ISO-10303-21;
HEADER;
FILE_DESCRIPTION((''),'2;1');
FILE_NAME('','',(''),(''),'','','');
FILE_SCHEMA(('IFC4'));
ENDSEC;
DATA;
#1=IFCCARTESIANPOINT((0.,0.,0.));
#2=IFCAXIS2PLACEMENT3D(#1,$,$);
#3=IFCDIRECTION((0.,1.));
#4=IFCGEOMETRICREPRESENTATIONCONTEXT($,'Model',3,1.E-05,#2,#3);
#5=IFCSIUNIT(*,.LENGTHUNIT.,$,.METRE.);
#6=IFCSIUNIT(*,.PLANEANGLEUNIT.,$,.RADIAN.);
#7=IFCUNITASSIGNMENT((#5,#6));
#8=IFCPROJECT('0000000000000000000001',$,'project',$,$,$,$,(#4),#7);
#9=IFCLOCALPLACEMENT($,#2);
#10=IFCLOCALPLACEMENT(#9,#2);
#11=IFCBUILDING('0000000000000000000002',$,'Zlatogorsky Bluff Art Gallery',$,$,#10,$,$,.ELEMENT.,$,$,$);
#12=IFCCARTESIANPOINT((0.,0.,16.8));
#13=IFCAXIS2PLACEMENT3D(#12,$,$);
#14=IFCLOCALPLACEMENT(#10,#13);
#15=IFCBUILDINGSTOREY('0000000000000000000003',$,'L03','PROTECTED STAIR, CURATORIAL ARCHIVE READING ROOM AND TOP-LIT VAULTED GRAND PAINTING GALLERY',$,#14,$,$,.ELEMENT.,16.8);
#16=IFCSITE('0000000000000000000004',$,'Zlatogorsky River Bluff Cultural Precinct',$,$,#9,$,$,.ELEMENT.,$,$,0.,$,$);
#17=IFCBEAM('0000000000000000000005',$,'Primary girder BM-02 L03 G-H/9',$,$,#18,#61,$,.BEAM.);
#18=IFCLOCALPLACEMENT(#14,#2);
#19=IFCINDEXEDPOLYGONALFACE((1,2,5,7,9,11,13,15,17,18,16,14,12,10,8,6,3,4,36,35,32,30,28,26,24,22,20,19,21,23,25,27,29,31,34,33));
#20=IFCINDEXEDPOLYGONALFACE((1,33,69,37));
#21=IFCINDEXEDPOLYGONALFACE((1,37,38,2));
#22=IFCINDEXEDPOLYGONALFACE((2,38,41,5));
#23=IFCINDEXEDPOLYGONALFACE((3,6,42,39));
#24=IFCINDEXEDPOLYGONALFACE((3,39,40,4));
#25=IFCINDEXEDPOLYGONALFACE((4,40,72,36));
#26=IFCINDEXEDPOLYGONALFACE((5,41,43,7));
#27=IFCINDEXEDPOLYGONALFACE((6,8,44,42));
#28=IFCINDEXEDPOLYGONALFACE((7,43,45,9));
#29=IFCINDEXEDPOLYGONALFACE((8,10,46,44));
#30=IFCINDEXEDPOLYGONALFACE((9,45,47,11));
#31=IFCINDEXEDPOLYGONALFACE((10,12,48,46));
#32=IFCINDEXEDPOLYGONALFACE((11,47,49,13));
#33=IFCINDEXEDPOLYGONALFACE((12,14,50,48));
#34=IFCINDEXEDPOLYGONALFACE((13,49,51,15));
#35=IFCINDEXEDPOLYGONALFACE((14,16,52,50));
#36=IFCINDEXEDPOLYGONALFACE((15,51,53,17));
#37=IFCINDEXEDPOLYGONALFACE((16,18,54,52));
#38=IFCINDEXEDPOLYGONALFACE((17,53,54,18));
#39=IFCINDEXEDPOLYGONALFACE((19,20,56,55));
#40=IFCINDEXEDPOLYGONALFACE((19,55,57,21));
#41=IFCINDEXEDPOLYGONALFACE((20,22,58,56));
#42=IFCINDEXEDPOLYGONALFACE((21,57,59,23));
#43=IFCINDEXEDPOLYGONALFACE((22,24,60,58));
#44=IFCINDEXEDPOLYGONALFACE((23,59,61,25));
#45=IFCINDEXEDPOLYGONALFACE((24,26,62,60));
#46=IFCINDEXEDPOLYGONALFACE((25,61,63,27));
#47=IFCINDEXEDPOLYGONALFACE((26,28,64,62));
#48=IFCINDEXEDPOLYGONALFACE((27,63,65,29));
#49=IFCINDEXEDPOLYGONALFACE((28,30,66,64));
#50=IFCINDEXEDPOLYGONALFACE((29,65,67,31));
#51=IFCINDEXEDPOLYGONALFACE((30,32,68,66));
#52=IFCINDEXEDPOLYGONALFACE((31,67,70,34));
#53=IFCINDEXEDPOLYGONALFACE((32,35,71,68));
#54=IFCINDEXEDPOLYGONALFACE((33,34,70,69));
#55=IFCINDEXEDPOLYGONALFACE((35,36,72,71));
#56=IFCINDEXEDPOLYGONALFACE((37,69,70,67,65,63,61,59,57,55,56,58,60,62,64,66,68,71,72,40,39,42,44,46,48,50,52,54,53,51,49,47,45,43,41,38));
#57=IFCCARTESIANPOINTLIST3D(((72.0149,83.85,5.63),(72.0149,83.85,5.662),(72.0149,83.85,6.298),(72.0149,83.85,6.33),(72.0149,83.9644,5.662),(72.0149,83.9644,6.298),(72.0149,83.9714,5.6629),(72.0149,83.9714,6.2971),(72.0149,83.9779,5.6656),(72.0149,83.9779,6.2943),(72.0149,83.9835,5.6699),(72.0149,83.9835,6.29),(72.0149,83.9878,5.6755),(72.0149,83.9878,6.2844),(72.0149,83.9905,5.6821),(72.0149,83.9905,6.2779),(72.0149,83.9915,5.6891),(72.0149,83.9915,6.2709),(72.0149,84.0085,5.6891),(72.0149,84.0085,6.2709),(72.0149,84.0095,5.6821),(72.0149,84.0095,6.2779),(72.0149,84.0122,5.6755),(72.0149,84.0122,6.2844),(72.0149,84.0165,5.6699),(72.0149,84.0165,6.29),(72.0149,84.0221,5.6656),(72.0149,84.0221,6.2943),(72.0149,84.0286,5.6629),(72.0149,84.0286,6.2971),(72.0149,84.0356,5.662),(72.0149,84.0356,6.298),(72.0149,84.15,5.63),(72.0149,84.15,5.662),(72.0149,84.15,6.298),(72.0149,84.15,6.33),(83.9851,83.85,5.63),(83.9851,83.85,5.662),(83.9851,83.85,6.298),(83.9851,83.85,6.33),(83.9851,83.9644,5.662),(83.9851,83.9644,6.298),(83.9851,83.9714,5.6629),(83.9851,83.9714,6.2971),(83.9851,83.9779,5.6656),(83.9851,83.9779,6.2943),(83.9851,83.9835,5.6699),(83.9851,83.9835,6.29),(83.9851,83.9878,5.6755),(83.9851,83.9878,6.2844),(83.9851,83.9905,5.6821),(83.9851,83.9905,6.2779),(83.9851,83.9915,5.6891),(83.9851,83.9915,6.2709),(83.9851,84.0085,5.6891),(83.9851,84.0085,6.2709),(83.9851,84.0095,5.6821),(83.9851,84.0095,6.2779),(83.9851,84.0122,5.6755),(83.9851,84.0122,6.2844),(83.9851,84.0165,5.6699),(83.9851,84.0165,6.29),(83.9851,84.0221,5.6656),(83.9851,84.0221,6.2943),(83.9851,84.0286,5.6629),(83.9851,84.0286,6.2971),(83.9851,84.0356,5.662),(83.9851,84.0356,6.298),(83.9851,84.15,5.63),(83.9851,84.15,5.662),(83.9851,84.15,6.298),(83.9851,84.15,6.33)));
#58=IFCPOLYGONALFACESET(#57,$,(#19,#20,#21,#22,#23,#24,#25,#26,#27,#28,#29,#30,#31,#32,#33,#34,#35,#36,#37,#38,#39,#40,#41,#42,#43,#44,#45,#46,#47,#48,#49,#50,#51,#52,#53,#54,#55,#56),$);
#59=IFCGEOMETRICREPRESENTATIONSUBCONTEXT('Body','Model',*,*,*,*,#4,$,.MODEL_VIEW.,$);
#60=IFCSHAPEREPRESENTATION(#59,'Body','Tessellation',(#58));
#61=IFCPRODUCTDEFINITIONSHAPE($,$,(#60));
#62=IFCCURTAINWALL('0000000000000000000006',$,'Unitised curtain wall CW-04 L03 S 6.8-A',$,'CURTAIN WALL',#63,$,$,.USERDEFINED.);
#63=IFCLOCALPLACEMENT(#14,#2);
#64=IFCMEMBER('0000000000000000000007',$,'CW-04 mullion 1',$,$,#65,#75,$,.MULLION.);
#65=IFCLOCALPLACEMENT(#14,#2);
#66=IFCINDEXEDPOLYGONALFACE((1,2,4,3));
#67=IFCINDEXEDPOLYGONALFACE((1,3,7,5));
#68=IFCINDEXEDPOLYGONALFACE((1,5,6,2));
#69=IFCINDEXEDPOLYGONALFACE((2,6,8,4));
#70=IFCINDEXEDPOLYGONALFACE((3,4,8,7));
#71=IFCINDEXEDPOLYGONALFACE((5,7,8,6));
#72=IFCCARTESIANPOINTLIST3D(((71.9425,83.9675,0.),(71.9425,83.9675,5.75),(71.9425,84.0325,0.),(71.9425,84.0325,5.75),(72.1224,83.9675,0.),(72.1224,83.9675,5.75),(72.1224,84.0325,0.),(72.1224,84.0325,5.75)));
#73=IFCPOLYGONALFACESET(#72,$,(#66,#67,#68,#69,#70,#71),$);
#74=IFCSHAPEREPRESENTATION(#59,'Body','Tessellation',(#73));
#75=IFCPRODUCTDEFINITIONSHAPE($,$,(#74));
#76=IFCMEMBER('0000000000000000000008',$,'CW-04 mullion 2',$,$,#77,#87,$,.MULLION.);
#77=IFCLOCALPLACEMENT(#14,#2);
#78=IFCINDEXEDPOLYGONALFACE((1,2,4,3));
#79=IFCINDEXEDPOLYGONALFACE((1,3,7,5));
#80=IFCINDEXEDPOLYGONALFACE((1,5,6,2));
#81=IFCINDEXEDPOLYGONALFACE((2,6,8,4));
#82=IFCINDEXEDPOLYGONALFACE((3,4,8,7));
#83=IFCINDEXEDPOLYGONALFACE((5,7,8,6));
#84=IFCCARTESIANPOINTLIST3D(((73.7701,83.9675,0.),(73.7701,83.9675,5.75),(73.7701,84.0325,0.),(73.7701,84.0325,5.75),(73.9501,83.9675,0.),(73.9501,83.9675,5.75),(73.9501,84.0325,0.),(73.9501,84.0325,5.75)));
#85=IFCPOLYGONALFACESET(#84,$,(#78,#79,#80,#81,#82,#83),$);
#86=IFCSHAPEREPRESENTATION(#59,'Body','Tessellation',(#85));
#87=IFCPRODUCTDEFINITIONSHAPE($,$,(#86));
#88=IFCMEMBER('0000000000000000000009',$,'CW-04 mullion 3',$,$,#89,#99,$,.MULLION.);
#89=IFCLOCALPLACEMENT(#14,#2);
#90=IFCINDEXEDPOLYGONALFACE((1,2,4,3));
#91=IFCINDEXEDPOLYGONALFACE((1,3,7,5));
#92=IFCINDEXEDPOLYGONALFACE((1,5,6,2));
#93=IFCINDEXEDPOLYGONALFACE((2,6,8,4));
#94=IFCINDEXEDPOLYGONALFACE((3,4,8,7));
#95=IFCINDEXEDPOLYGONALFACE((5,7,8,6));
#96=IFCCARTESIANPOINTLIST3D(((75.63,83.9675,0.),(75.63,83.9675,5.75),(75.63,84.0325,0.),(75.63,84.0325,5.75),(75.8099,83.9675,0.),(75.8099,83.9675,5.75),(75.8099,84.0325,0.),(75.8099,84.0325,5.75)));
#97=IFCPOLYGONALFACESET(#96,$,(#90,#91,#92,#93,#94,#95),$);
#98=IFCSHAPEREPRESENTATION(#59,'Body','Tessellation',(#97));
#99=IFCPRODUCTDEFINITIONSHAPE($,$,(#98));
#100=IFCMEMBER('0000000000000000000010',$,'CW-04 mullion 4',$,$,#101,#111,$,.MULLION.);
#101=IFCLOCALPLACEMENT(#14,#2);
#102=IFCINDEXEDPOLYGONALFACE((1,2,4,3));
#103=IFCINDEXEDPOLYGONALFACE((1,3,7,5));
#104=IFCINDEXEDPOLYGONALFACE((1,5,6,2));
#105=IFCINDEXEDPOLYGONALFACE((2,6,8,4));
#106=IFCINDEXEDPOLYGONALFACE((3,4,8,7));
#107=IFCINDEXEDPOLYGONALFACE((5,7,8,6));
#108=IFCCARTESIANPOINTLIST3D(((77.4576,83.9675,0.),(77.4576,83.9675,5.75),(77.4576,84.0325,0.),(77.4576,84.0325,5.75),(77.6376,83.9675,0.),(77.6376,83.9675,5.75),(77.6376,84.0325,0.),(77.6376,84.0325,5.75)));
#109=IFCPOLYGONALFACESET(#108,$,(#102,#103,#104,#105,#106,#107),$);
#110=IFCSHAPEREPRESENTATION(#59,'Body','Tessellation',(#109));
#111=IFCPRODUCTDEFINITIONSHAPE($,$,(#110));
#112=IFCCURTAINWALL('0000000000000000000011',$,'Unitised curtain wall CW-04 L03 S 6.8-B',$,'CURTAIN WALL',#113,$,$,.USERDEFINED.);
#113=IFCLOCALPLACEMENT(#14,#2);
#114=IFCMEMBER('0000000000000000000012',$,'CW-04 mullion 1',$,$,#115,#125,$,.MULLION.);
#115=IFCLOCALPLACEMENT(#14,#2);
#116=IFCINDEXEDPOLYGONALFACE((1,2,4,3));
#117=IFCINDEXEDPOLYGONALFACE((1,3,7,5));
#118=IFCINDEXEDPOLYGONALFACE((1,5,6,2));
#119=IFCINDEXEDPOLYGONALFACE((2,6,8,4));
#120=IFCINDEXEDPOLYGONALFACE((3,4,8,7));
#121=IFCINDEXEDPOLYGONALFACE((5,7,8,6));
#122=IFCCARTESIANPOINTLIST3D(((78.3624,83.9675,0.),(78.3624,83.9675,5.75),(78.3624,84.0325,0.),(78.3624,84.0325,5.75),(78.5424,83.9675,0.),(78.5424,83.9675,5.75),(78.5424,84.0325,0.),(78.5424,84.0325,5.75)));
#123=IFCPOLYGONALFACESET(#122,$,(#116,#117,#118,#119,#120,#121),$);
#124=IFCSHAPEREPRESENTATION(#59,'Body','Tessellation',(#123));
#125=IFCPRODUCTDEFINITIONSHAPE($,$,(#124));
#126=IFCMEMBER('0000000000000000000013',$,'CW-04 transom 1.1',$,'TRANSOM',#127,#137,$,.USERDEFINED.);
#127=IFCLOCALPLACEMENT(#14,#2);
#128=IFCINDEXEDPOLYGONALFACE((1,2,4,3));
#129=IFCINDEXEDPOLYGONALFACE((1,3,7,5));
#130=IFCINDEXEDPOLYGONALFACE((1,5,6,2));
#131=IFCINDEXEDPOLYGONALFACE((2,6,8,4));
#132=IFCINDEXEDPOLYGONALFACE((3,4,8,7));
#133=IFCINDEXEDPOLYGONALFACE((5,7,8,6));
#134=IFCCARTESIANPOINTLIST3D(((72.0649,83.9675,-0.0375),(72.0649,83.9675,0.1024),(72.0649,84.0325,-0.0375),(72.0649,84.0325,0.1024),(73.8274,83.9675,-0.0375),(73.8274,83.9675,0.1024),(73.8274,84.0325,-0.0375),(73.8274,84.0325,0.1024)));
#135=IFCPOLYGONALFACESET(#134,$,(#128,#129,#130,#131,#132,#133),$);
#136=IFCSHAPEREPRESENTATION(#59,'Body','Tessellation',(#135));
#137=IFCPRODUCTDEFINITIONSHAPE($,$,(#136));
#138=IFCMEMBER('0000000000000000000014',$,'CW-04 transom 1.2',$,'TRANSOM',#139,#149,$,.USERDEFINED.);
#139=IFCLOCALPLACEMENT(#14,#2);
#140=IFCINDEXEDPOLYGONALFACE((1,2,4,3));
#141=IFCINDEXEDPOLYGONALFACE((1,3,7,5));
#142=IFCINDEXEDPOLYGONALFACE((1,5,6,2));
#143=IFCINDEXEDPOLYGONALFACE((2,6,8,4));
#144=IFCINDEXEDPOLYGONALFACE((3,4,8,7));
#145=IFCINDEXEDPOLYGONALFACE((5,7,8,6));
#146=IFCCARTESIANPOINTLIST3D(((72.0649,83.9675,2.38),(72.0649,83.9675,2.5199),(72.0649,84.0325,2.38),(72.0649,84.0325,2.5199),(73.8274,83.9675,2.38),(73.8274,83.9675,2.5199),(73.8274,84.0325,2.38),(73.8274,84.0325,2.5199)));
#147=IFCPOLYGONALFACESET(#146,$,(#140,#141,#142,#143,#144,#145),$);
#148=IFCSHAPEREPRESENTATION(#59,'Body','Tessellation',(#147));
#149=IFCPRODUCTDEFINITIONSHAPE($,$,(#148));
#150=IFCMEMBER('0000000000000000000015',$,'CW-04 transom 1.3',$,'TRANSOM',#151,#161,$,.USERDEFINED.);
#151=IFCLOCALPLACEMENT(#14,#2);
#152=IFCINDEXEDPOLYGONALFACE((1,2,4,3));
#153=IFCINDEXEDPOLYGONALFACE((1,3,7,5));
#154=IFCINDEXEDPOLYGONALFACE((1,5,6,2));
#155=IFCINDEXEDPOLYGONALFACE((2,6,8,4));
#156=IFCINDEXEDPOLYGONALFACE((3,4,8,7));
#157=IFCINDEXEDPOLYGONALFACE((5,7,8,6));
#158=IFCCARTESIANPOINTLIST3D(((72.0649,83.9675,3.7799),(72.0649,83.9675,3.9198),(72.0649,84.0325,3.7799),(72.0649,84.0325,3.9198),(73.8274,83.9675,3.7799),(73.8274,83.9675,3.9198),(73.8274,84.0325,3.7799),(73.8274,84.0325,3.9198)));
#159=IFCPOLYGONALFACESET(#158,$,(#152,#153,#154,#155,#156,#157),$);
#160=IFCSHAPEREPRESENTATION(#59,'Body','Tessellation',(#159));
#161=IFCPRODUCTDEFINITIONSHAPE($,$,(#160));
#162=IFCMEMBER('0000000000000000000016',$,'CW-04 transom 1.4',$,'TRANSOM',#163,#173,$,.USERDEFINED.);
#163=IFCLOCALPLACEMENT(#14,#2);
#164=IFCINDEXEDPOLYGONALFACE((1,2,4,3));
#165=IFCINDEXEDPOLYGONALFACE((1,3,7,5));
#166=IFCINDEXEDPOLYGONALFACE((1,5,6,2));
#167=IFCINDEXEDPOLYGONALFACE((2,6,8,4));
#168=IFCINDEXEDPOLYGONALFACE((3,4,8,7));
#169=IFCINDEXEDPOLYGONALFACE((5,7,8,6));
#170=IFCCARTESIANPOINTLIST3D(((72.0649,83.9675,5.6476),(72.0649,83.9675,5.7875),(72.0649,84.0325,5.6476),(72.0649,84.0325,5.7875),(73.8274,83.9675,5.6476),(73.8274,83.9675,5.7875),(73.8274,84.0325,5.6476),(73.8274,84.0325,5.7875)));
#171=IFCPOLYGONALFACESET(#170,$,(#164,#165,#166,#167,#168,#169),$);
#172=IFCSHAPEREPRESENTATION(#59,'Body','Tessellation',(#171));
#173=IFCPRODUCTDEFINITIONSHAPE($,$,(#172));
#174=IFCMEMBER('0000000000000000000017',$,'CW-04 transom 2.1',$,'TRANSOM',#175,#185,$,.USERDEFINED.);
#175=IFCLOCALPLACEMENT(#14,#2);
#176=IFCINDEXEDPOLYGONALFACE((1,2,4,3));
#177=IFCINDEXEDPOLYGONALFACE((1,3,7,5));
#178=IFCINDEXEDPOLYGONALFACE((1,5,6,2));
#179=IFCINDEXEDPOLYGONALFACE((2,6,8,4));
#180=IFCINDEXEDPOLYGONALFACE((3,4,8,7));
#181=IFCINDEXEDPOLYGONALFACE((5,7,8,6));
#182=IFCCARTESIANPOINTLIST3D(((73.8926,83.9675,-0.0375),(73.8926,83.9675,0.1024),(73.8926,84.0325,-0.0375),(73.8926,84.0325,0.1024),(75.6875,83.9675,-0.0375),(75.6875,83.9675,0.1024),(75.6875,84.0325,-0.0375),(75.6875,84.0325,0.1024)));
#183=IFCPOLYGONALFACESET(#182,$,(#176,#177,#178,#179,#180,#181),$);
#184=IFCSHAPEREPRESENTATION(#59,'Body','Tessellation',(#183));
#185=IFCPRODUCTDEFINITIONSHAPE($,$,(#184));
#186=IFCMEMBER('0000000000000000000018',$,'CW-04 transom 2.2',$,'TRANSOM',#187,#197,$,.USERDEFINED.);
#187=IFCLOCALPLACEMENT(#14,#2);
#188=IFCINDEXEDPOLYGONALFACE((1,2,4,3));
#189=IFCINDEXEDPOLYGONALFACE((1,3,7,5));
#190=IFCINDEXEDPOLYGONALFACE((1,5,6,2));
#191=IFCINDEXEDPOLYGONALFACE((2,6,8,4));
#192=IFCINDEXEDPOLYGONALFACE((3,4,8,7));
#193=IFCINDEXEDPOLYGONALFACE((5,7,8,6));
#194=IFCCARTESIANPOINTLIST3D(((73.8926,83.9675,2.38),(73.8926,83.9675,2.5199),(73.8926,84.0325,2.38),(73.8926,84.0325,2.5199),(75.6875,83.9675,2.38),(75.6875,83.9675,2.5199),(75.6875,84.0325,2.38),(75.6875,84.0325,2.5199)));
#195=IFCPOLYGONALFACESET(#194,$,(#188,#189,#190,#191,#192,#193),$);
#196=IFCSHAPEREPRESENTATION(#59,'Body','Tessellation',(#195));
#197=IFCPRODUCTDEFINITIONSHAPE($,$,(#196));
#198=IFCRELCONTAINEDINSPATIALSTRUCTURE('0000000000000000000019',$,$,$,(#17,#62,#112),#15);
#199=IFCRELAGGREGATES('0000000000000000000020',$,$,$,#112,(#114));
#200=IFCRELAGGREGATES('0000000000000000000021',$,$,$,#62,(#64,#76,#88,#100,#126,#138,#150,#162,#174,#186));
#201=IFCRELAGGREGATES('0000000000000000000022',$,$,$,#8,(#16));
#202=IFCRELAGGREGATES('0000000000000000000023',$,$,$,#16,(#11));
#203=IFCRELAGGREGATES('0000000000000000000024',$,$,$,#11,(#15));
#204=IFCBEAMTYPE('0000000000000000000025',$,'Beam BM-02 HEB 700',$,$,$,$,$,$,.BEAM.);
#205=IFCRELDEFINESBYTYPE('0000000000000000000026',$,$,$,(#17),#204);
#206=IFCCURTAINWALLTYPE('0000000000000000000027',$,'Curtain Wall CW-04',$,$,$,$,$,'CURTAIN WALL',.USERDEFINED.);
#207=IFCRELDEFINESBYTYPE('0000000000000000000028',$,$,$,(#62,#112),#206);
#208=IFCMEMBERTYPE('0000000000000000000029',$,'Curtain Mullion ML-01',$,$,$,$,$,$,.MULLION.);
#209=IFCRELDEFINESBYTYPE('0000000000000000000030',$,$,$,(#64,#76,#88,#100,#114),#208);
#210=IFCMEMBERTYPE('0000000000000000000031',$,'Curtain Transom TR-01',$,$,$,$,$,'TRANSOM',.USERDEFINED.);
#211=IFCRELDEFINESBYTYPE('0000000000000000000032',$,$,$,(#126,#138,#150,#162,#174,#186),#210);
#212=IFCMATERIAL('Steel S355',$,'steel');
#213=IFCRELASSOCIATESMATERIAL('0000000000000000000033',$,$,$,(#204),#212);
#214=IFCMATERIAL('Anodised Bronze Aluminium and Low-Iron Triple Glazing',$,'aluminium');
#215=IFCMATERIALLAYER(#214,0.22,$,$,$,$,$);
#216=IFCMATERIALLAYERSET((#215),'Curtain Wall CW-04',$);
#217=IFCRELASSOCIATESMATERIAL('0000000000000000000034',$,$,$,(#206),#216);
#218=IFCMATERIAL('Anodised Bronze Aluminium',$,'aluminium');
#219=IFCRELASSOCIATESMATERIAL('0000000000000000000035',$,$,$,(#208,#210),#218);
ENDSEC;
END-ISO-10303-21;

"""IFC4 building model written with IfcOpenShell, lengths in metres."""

from ifc_helpers import new_model, si_unit, direction, frame, origin, origin_2d, place, context, subcontext, project, spatial, rectangle, i_section, extrude, material, layer, layer_set, material_profile, profile_set, type_object, element, aggregate, save


model = new_model("IFC4")

# Units and contexts
model_context = context("Model", 3, precision=1e-05, world=origin(), true_north=direction((0.0, 1.0)))
body_context = subcontext(model_context, "Body", "Model", "MODEL_VIEW")
ifc_project = project(units=[si_unit("LENGTHUNIT", "METRE"), si_unit("PLANEANGLEUNIT", "RADIAN")], contexts=[model_context])

# Site, building, storey
site_placement = place(None, origin())
site = spatial("IfcSite", under=ifc_project, at=site_placement, Name="Zlatogorsky River Bluff Cultural Precinct", CompositionType="ELEMENT", RefElevation=0.0)
building_placement = place(site_placement, origin())
building = spatial("IfcBuilding", under=site, at=building_placement, Name="Zlatogorsky Bluff Art Gallery", CompositionType="ELEMENT")
storey_placement = place(building_placement, frame((0.0, 0.0, 16.8)))
storey = spatial("IfcBuildingStorey", under=building, at=storey_placement, Name="L03", Description="PROTECTED STAIR, CURATORIAL ARCHIVE READING ROOM AND TOP-LIT VAULTED GRAND PAINTING GALLERY", CompositionType="ELEMENT", Elevation=16.8)

# Beam
ifc_material_1 = material(Name="Steel S355", Category="steel")
ifc_material_profile_1 = material_profile(ifc_material_1, i_section(OverallWidth=0.3, OverallDepth=0.7, WebThickness=0.0171, FlangeThickness=0.032, FilletRadius=0.0271, at=origin_2d()), Name="HEB 700")
ifc_profile_set_1 = profile_set([ifc_material_profile_1], Name="Steel S355")
beam_type = type_object("IfcBeamType", Name="Beam BM-02 HEB 700", PredefinedType="BEAM", material=ifc_profile_set_1)
beam_placement = place(storey_placement, frame((72.0149, 84.0, 5.98), z_axis=(1.0, 0.0, 0.0), x_axis=(0.0, 1.0, 0.0)))
element("IfcBeam", 1, at=beam_placement, inside=storey, type_object=beam_type, Name="Primary girder BM-02 L03 G-H/9", PredefinedType="BEAM", context=body_context, shape_type="SweptSolid", body=[
    extrude(i_section(OverallWidth=0.3, OverallDepth=0.7, WebThickness=0.0171, FlangeThickness=0.032, FilletRadius=0.0271, at=origin_2d()), origin(), (0.0, 0.0, 1.0), 11.9702),
])

# Curtain wall, members
ifc_material_2 = material(Name="Anodised Bronze Aluminium and Low-Iron Triple Glazing", Category="aluminium")
ifc_layer_1 = layer(ifc_material_2, 0.22)
ifc_layer_set_1 = layer_set([ifc_layer_1], Name="Curtain Wall CW-04")
curtain_wall_type = type_object("IfcCurtainWallType", Name="Curtain Wall CW-04", ElementType="CURTAIN WALL", PredefinedType="USERDEFINED", material=ifc_layer_set_1)
curtain_wall_1_placement = place(storey_placement, origin())
curtain_wall_1 = element("IfcCurtainWall", 2, at=curtain_wall_1_placement, inside=storey, type_object=curtain_wall_type, Name="Unitised curtain wall CW-04 L03 S 6.8-A", ObjectType="CURTAIN WALL", PredefinedType="USERDEFINED")
ifc_material_3 = material(Name="Anodised Bronze Aluminium", Category="aluminium")
ifc_material_profile_2 = material_profile(ifc_material_3, rectangle(XDim=0.0649, YDim=0.1799, at=origin_2d()), Name="ALU MULLION 65x180")
ifc_profile_set_2 = profile_set([ifc_material_profile_2], Name="Anodised Bronze Aluminium")
member_type_1 = type_object("IfcMemberType", Name="Curtain Mullion ML-01", PredefinedType="MULLION", material=ifc_profile_set_2)
member_1_placement = place(storey_placement, frame((72.0325, 84.0, 0.0), z_axis=(0.0, 0.0, 1.0), x_axis=(0.0, 1.0, 0.0)))
member_1 = element("IfcMember", 3, at=member_1_placement, type_object=member_type_1, Name="CW-04 mullion 1", PredefinedType="MULLION", context=body_context, shape_type="SweptSolid", body=[
    extrude(rectangle(XDim=0.0649, YDim=0.1799, at=origin_2d()), origin(), (0.0, 0.0, 1.0), 5.75),
])
member_2_placement = place(storey_placement, frame((73.8601, 84.0, 0.0), z_axis=(0.0, 0.0, 1.0), x_axis=(0.0, 1.0, 0.0)))
member_2 = element("IfcMember", 4, at=member_2_placement, type_object=member_type_1, Name="CW-04 mullion 2", PredefinedType="MULLION", context=body_context, shape_type="SweptSolid", body=[
    extrude(rectangle(XDim=0.0649, YDim=0.1799, at=origin_2d()), origin(), (0.0, 0.0, 1.0), 5.75),
])
member_3_placement = place(storey_placement, frame((75.72, 84.0, 0.0), z_axis=(0.0, 0.0, 1.0), x_axis=(0.0, 1.0, 0.0)))
member_3 = element("IfcMember", 5, at=member_3_placement, type_object=member_type_1, Name="CW-04 mullion 3", PredefinedType="MULLION", context=body_context, shape_type="SweptSolid", body=[
    extrude(rectangle(XDim=0.0649, YDim=0.1799, at=origin_2d()), origin(), (0.0, 0.0, 1.0), 5.75),
])
member_4_placement = place(storey_placement, frame((77.5476, 84.0, 0.0), z_axis=(0.0, 0.0, 1.0), x_axis=(0.0, 1.0, 0.0)))
member_4 = element("IfcMember", 6, at=member_4_placement, type_object=member_type_1, Name="CW-04 mullion 4", PredefinedType="MULLION", context=body_context, shape_type="SweptSolid", body=[
    extrude(rectangle(XDim=0.0649, YDim=0.1799, at=origin_2d()), origin(), (0.0, 0.0, 1.0), 5.75),
])

# Curtain wall, member
curtain_wall_2_placement = place(storey_placement, origin())
curtain_wall_2 = element("IfcCurtainWall", 7, at=curtain_wall_2_placement, inside=storey, type_object=curtain_wall_type, Name="Unitised curtain wall CW-04 L03 S 6.8-B", ObjectType="CURTAIN WALL", PredefinedType="USERDEFINED")
member_5_placement = place(storey_placement, frame((78.4524, 84.0, 0.0), z_axis=(0.0, 0.0, 1.0), x_axis=(0.0, 1.0, 0.0)))
member_5 = element("IfcMember", 8, at=member_5_placement, type_object=member_type_1, Name="CW-04 mullion 1", PredefinedType="MULLION", context=body_context, shape_type="SweptSolid", body=[
    extrude(rectangle(XDim=0.0649, YDim=0.1799, at=origin_2d()), origin(), (0.0, 0.0, 1.0), 5.75),
])
aggregate(curtain_wall_2, [member_5])

# Members
ifc_material_profile_3 = material_profile(ifc_material_3, rectangle(XDim=0.0649, YDim=0.1399, at=origin_2d()), Name="ALU TRANSOM 65x140")
ifc_profile_set_3 = profile_set([ifc_material_profile_3], Name="Anodised Bronze Aluminium")
member_type_2 = type_object("IfcMemberType", Name="Curtain Transom TR-01", ElementType="TRANSOM", PredefinedType="USERDEFINED", material=ifc_profile_set_3)
member_6_placement = place(storey_placement, frame((72.0649, 84.0, 0.0325), z_axis=(1.0, 0.0, 0.0), x_axis=(0.0, 1.0, 0.0)))
member_6 = element("IfcMember", 9, at=member_6_placement, type_object=member_type_2, Name="CW-04 transom 1.1", ObjectType="TRANSOM", PredefinedType="USERDEFINED", context=body_context, shape_type="SweptSolid", body=[
    extrude(rectangle(XDim=0.0649, YDim=0.1399, at=origin_2d()), origin(), (0.0, 0.0, 1.0), 1.7625),
])
member_7_placement = place(storey_placement, frame((72.0649, 84.0, 2.45), z_axis=(1.0, 0.0, 0.0), x_axis=(0.0, 1.0, 0.0)))
member_7 = element("IfcMember", 10, at=member_7_placement, type_object=member_type_2, Name="CW-04 transom 1.2", ObjectType="TRANSOM", PredefinedType="USERDEFINED", context=body_context, shape_type="SweptSolid", body=[
    extrude(rectangle(XDim=0.0649, YDim=0.1399, at=origin_2d()), origin(), (0.0, 0.0, 1.0), 1.7625),
])
member_8_placement = place(storey_placement, frame((72.0649, 84.0, 3.8499), z_axis=(1.0, 0.0, 0.0), x_axis=(0.0, 1.0, 0.0)))
member_8 = element("IfcMember", 11, at=member_8_placement, type_object=member_type_2, Name="CW-04 transom 1.3", ObjectType="TRANSOM", PredefinedType="USERDEFINED", context=body_context, shape_type="SweptSolid", body=[
    extrude(rectangle(XDim=0.0649, YDim=0.1399, at=origin_2d()), origin(), (0.0, 0.0, 1.0), 1.7625),
])
member_9_placement = place(storey_placement, frame((72.0649, 84.0, 5.7175), z_axis=(1.0, 0.0, 0.0), x_axis=(0.0, 1.0, 0.0)))
member_9 = element("IfcMember", 12, at=member_9_placement, type_object=member_type_2, Name="CW-04 transom 1.4", ObjectType="TRANSOM", PredefinedType="USERDEFINED", context=body_context, shape_type="SweptSolid", body=[
    extrude(rectangle(XDim=0.0649, YDim=0.1399, at=origin_2d()), origin(), (0.0, 0.0, 1.0), 1.7625),
])
member_10_placement = place(storey_placement, frame((73.8926, 84.0, 0.0325), z_axis=(1.0, 0.0, 0.0), x_axis=(0.0, 1.0, 0.0)))
member_10 = element("IfcMember", 13, at=member_10_placement, type_object=member_type_2, Name="CW-04 transom 2.1", ObjectType="TRANSOM", PredefinedType="USERDEFINED", context=body_context, shape_type="SweptSolid", body=[
    extrude(rectangle(XDim=0.0649, YDim=0.1399, at=origin_2d()), origin(), (0.0, 0.0, 1.0), 1.7949),
])
member_11_placement = place(storey_placement, frame((73.8926, 84.0, 2.45), z_axis=(1.0, 0.0, 0.0), x_axis=(0.0, 1.0, 0.0)))
member_11 = element("IfcMember", 14, at=member_11_placement, type_object=member_type_2, Name="CW-04 transom 2.2", ObjectType="TRANSOM", PredefinedType="USERDEFINED", context=body_context, shape_type="SweptSolid", body=[
    extrude(rectangle(XDim=0.0649, YDim=0.1399, at=origin_2d()), origin(), (0.0, 0.0, 1.0), 1.7949),
])

aggregate(curtain_wall_1, [member_1, member_2, member_3, member_4, member_6, member_7, member_8, member_9, member_10, member_11])

save(model, "model.ifc")
